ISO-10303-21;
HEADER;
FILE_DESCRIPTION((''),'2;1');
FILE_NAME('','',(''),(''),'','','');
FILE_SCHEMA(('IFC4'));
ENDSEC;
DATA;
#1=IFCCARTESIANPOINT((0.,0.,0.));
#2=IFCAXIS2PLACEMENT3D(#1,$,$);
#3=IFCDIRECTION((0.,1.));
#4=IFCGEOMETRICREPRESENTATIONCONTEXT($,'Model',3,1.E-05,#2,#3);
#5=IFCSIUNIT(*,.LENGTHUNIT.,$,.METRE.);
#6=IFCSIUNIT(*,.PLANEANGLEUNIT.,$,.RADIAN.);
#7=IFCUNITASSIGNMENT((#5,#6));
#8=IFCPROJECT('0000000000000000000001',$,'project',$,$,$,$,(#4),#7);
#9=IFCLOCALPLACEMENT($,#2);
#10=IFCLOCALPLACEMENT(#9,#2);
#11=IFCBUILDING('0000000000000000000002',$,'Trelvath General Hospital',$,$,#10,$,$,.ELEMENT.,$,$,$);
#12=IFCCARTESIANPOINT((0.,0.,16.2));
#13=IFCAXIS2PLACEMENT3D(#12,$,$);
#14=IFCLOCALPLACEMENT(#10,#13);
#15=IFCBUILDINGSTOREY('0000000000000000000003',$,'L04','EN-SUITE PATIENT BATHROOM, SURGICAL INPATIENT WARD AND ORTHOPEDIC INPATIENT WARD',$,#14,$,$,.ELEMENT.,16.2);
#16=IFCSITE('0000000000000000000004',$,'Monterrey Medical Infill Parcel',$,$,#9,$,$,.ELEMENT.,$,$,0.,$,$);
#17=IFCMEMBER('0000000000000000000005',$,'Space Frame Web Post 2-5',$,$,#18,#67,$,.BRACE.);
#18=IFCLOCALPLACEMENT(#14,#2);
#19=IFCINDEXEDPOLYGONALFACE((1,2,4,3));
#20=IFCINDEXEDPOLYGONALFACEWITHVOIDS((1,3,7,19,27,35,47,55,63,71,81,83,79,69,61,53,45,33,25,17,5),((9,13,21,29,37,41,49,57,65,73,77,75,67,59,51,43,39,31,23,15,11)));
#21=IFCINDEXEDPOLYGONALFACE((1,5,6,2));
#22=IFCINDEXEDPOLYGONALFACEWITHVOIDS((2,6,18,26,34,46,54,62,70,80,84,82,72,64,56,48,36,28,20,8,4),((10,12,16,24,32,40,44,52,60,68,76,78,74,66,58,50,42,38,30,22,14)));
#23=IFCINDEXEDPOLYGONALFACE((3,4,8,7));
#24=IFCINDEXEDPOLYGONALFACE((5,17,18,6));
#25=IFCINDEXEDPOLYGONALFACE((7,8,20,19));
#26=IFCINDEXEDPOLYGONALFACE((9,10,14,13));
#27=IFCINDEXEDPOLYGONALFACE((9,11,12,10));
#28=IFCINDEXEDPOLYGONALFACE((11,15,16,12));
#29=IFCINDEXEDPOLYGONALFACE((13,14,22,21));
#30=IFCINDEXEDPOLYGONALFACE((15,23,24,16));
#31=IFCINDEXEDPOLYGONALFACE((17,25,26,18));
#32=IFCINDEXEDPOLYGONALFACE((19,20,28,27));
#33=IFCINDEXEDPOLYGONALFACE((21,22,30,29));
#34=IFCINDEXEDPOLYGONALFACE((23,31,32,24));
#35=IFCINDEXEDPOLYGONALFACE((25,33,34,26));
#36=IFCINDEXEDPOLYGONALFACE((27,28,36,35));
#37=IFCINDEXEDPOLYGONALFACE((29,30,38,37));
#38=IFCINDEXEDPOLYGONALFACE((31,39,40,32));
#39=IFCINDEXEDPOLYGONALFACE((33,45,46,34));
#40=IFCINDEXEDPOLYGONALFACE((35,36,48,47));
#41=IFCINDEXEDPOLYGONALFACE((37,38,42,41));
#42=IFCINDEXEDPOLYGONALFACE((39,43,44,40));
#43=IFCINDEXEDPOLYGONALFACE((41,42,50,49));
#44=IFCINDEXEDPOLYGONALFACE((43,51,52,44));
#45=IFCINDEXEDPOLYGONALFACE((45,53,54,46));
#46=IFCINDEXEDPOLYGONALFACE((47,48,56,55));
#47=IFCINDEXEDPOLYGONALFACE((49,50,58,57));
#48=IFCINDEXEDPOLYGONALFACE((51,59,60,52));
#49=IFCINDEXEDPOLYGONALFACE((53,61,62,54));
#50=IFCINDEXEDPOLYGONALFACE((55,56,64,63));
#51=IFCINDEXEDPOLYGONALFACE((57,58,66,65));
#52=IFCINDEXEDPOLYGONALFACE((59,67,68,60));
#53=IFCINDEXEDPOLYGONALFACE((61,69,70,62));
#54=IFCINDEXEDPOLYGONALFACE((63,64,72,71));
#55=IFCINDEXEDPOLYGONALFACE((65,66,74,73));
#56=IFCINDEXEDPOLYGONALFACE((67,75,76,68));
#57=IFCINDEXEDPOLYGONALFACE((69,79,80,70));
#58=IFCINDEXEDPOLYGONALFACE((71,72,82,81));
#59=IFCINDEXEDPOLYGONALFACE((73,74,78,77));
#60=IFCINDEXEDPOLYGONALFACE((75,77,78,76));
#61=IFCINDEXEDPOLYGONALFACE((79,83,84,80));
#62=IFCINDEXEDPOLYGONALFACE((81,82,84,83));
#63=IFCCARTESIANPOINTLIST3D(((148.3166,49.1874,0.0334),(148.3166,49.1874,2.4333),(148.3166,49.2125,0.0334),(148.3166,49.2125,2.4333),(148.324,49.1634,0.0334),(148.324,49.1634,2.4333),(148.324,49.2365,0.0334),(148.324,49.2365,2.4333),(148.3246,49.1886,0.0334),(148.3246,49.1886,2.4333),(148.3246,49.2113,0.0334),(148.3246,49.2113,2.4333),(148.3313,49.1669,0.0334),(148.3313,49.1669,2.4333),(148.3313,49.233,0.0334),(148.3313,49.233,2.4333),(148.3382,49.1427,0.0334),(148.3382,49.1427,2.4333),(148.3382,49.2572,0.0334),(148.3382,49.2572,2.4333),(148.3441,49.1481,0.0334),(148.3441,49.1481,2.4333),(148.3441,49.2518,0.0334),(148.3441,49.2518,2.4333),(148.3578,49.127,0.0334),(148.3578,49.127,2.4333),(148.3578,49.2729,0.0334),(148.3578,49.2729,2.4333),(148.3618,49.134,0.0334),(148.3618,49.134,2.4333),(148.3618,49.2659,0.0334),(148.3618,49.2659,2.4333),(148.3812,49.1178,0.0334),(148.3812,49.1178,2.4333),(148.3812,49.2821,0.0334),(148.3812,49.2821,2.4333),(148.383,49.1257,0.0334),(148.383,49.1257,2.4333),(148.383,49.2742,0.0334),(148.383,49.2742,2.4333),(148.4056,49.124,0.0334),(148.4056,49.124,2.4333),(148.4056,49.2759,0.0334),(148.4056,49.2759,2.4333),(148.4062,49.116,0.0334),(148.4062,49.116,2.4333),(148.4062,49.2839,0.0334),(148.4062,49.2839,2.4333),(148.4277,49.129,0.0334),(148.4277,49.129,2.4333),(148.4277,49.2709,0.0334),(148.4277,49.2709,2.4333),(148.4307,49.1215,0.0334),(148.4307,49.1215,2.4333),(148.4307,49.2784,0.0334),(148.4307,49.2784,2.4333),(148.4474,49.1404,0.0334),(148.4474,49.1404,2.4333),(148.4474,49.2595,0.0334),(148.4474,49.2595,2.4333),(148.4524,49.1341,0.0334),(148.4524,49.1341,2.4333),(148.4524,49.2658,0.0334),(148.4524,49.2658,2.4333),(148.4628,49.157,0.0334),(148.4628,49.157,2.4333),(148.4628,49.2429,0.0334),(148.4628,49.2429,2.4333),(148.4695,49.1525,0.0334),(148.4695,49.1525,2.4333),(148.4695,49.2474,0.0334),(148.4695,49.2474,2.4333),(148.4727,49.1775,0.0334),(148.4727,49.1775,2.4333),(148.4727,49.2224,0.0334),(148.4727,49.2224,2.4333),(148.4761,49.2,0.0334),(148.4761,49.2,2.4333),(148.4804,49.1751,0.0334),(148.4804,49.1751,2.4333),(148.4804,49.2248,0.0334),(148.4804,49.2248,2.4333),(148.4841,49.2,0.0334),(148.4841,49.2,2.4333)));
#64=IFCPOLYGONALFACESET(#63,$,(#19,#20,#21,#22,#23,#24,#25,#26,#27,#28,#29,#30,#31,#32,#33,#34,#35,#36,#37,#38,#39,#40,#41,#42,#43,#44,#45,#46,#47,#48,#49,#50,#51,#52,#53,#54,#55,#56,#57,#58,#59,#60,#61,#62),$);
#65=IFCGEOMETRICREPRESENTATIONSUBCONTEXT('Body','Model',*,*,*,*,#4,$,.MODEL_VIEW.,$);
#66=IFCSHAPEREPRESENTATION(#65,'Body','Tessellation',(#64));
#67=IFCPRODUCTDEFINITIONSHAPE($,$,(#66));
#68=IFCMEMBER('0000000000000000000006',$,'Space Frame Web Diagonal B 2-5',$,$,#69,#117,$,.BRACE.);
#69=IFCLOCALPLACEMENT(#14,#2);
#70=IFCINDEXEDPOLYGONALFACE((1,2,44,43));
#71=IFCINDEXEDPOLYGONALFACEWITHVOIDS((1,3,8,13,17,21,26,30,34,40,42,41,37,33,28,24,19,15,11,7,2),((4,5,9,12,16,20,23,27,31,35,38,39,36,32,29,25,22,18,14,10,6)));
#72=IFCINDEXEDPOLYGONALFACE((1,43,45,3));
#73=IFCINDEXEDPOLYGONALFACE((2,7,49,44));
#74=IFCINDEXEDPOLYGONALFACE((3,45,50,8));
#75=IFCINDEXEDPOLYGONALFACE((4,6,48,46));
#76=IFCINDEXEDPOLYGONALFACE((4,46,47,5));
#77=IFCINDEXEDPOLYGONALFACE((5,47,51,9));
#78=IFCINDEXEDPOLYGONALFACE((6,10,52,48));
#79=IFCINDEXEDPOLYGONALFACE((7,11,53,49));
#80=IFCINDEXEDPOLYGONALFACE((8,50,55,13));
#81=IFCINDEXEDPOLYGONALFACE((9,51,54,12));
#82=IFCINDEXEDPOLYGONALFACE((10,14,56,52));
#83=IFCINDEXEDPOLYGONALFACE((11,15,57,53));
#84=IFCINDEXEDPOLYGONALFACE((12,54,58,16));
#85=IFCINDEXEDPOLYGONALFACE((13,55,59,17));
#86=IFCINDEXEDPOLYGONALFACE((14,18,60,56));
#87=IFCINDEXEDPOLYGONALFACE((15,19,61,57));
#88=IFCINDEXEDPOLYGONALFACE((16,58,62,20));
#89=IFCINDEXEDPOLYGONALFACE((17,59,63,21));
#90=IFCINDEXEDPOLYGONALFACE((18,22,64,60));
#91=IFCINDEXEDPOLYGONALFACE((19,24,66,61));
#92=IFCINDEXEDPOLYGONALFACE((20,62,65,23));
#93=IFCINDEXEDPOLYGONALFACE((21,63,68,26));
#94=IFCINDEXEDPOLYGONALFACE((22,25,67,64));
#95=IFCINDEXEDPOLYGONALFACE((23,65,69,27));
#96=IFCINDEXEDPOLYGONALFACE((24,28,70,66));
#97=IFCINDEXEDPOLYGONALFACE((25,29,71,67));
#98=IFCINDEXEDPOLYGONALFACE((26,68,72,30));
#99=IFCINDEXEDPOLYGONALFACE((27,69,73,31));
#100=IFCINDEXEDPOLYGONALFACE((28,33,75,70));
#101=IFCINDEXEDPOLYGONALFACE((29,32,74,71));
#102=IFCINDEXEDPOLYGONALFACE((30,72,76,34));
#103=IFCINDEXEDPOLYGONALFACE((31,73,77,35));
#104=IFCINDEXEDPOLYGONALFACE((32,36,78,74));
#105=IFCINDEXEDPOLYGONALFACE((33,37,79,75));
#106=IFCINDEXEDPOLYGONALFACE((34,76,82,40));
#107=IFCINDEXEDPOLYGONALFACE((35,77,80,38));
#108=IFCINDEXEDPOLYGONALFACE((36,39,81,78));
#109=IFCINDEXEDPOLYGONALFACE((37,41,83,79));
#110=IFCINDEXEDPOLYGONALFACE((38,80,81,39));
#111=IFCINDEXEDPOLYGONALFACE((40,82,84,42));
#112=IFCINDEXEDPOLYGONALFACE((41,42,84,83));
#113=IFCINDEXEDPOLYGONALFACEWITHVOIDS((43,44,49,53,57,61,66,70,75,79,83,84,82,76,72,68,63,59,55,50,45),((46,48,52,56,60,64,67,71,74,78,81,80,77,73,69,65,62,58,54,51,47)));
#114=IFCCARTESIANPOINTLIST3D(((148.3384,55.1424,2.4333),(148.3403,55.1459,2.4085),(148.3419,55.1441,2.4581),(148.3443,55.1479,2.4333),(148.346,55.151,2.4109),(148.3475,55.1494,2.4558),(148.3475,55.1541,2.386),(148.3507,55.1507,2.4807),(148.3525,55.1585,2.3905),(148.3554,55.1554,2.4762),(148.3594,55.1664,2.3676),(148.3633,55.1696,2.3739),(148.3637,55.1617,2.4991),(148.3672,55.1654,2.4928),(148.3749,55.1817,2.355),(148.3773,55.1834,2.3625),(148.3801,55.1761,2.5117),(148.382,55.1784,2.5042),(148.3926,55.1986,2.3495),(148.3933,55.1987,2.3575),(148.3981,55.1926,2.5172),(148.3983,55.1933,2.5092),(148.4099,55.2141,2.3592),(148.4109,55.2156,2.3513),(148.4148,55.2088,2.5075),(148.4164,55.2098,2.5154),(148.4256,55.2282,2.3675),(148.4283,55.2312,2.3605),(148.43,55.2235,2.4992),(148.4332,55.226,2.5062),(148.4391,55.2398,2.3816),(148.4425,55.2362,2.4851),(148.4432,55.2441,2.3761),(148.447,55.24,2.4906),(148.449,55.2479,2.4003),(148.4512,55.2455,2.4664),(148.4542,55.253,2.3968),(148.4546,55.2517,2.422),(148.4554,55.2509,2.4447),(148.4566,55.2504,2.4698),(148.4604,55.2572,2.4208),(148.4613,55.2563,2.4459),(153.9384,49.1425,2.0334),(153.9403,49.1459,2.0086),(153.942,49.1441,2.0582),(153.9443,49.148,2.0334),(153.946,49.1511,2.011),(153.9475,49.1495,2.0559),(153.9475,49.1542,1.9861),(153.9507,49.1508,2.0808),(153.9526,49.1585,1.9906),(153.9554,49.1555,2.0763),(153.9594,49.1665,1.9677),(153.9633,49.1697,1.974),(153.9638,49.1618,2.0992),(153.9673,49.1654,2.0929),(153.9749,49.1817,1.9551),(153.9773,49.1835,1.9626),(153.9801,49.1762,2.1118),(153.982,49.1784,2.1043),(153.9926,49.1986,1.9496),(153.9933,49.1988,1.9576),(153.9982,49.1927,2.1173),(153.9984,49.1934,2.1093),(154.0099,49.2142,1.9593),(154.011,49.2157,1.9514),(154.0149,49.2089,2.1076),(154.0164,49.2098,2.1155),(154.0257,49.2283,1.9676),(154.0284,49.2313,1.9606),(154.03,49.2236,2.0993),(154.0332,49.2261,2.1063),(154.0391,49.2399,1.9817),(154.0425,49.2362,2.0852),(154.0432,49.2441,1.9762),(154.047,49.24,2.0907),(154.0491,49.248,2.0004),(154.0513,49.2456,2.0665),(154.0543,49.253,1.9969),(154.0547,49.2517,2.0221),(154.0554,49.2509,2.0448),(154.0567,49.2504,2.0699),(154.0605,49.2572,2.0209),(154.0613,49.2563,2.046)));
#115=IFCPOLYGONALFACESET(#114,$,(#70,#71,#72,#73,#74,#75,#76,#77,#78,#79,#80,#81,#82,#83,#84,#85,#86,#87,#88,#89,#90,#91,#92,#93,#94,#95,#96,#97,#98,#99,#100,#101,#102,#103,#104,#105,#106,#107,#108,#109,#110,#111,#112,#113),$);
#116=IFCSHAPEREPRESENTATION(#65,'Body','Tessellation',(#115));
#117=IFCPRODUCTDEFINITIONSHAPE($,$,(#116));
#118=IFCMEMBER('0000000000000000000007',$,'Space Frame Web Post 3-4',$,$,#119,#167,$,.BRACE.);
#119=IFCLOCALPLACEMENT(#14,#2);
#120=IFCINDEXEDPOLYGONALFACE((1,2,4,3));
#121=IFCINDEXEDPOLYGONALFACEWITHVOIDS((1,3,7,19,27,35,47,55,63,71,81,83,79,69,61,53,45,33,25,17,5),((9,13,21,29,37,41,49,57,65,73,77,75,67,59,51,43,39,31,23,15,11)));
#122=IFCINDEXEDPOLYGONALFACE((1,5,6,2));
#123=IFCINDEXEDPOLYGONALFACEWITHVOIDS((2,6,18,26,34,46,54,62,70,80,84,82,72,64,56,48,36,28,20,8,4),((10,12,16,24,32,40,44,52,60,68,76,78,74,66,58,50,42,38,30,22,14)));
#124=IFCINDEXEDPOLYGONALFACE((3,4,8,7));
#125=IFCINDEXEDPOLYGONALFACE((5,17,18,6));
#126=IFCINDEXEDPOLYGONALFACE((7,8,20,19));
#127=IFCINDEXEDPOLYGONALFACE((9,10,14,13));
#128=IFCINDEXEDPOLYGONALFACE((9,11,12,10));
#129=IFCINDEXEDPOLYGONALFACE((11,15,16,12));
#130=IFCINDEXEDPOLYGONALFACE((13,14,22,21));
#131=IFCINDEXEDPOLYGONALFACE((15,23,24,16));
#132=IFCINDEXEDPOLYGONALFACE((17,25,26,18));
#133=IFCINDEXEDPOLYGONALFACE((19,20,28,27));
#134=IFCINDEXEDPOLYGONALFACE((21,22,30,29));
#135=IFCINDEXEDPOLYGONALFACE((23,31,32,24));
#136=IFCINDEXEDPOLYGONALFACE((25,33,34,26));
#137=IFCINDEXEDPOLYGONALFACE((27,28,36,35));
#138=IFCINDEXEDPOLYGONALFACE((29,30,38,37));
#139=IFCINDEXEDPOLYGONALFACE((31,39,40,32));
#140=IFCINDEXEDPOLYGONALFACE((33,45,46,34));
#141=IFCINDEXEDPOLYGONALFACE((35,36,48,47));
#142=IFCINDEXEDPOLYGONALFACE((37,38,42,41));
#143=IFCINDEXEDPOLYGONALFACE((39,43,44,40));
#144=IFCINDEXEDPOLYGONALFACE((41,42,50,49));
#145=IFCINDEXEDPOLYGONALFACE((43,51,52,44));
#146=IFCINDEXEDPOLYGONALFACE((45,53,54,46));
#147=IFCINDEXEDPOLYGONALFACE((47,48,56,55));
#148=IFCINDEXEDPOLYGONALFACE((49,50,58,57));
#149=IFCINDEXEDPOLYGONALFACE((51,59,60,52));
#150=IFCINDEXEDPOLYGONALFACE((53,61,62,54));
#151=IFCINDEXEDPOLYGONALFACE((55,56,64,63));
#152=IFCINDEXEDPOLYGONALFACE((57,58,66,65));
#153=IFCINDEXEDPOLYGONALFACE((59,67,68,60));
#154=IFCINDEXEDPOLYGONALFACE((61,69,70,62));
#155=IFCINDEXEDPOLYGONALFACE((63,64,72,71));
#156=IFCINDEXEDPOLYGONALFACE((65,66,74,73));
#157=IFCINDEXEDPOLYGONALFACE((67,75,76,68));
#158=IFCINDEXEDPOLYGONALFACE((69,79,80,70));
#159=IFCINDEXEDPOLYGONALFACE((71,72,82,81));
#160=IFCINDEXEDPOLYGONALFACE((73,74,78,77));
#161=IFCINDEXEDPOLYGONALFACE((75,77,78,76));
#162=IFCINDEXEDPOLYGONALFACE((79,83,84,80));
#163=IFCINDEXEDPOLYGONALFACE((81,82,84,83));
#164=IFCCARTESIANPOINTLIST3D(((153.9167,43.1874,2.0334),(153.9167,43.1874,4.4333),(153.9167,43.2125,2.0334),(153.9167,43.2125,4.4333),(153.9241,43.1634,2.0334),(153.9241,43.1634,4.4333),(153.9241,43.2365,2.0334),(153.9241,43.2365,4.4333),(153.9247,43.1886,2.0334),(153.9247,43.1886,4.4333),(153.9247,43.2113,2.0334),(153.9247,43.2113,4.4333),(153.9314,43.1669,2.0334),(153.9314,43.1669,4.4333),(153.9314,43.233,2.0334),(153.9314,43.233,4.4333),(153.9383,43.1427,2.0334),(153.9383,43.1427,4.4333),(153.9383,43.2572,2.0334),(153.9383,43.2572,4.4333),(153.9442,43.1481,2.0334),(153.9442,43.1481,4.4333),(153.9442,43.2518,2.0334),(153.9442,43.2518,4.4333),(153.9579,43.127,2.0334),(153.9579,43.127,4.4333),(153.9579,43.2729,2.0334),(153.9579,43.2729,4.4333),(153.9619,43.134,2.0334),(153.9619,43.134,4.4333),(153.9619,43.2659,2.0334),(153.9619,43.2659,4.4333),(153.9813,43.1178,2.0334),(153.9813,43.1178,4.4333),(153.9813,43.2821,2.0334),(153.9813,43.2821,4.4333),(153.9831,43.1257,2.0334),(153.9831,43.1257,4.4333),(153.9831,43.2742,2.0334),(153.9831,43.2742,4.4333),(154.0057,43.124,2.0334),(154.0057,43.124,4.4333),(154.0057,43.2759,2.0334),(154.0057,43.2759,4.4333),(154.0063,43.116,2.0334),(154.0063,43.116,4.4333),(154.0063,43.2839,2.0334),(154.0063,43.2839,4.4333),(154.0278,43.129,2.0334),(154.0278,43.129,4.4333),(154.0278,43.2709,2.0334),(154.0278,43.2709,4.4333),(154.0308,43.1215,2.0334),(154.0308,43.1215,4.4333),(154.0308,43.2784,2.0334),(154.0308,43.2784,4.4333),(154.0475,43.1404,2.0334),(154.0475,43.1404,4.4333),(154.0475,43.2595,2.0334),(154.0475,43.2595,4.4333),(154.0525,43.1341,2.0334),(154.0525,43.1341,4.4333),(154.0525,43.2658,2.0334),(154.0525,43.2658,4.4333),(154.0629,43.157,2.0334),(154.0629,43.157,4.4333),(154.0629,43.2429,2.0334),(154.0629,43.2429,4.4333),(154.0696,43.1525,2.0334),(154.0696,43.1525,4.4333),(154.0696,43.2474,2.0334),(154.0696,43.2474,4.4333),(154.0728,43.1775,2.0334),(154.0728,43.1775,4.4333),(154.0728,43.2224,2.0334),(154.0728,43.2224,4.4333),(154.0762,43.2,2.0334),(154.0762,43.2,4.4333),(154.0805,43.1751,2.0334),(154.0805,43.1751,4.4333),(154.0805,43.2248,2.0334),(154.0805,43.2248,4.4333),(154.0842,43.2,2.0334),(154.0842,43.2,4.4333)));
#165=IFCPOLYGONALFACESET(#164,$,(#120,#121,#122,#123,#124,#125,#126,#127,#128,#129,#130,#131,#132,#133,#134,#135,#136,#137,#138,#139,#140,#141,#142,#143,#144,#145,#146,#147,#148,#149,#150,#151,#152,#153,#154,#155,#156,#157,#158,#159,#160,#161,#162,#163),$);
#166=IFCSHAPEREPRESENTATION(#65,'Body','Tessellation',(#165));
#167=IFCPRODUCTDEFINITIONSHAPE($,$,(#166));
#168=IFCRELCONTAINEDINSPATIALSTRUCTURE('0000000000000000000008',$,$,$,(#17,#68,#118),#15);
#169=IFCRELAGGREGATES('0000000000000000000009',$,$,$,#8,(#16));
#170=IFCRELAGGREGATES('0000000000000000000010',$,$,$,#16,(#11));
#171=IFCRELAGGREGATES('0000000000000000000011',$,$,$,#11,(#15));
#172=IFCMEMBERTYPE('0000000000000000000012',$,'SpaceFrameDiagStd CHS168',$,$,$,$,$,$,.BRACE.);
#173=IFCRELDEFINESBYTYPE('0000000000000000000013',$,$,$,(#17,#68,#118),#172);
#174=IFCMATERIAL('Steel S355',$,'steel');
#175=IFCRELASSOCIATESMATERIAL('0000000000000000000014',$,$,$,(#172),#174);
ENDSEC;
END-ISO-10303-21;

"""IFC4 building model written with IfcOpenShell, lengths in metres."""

from ifc_helpers import new_model, si_unit, direction, frame, origin, origin_2d, place, context, subcontext, project, spatial, hollow_circle, extrude, material, material_profile, profile_set, type_object, element, save


model = new_model("IFC4")

# Units and contexts
model_context = context("Model", 3, precision=1e-05, world=origin(), true_north=direction((0.0, 1.0)))
body_context = subcontext(model_context, "Body", "Model", "MODEL_VIEW")
ifc_project = project(units=[si_unit("LENGTHUNIT", "METRE"), si_unit("PLANEANGLEUNIT", "RADIAN")], contexts=[model_context])

# Site, building, storey
site_placement = place(None, origin())
site = spatial("IfcSite", under=ifc_project, at=site_placement, Name="Monterrey Medical Infill Parcel", CompositionType="ELEMENT", RefElevation=0.0)
building_placement = place(site_placement, origin())
building = spatial("IfcBuilding", under=site, at=building_placement, Name="Trelvath General Hospital", CompositionType="ELEMENT")
storey_placement = place(building_placement, frame((0.0, 0.0, 16.2)))
storey = spatial("IfcBuildingStorey", under=building, at=storey_placement, Name="L04", Description="EN-SUITE PATIENT BATHROOM, SURGICAL INPATIENT WARD AND ORTHOPEDIC INPATIENT WARD", CompositionType="ELEMENT", Elevation=16.2)

# Members
ifc_material_1 = material(Name="Steel S355", Category="steel")
ifc_material_profile_1 = material_profile(ifc_material_1, hollow_circle(Radius=0.0842, WallThickness=0.0081, at=origin_2d()), Name="CHS168.3x8.0")
ifc_profile_set_1 = profile_set([ifc_material_profile_1], Name="Steel S355")
member_type_1 = type_object("IfcMemberType", Name="SpaceFrameDiagStd CHS168", PredefinedType="BRACE", material=ifc_profile_set_1)
member_1_placement = place(storey_placement, frame((148.3999, 49.2, 0.0334), z_axis=(0.0, 0.0, 1.0), x_axis=(1.0, 0.0, 0.0)))
element("IfcMember", 1, at=member_1_placement, inside=storey, type_object=member_type_1, Name="Space Frame Web Post 2-5", PredefinedType="BRACE", context=body_context, shape_type="SweptSolid", body=[
    extrude(hollow_circle(Radius=0.0842, WallThickness=0.0081, at=origin_2d()), origin(), (0.0, 0.0, 1.0), 2.3999),
])
member_2_placement = place(storey_placement, frame((154.0, 49.2, 2.0334), z_axis=(-0.681516, 0.730183, 0.048667), x_axis=(-0.731049, -0.682325, 0.0)))
element("IfcMember", 2, at=member_2_placement, inside=storey, type_object=member_type_1, Name="Space Frame Web Diagonal B 2-5", PredefinedType="BRACE", context=body_context, shape_type="SweptSolid", body=[
    extrude(hollow_circle(Radius=0.0842, WallThickness=0.0081, at=origin_2d()), origin(), (0.0, 0.0, 1.0), 8.217),
])
member_3_placement = place(storey_placement, frame((154.0, 43.2, 2.0334), z_axis=(0.0, 0.0, 1.0), x_axis=(1.0, 0.0, 0.0)))
element("IfcMember", 3, at=member_3_placement, inside=storey, type_object=member_type_1, Name="Space Frame Web Post 3-4", PredefinedType="BRACE", context=body_context, shape_type="SweptSolid", body=[
    extrude(hollow_circle(Radius=0.0842, WallThickness=0.0081, at=origin_2d()), origin(), (0.0, 0.0, 1.0), 2.3999),
])

save(model, "model.ifc")
